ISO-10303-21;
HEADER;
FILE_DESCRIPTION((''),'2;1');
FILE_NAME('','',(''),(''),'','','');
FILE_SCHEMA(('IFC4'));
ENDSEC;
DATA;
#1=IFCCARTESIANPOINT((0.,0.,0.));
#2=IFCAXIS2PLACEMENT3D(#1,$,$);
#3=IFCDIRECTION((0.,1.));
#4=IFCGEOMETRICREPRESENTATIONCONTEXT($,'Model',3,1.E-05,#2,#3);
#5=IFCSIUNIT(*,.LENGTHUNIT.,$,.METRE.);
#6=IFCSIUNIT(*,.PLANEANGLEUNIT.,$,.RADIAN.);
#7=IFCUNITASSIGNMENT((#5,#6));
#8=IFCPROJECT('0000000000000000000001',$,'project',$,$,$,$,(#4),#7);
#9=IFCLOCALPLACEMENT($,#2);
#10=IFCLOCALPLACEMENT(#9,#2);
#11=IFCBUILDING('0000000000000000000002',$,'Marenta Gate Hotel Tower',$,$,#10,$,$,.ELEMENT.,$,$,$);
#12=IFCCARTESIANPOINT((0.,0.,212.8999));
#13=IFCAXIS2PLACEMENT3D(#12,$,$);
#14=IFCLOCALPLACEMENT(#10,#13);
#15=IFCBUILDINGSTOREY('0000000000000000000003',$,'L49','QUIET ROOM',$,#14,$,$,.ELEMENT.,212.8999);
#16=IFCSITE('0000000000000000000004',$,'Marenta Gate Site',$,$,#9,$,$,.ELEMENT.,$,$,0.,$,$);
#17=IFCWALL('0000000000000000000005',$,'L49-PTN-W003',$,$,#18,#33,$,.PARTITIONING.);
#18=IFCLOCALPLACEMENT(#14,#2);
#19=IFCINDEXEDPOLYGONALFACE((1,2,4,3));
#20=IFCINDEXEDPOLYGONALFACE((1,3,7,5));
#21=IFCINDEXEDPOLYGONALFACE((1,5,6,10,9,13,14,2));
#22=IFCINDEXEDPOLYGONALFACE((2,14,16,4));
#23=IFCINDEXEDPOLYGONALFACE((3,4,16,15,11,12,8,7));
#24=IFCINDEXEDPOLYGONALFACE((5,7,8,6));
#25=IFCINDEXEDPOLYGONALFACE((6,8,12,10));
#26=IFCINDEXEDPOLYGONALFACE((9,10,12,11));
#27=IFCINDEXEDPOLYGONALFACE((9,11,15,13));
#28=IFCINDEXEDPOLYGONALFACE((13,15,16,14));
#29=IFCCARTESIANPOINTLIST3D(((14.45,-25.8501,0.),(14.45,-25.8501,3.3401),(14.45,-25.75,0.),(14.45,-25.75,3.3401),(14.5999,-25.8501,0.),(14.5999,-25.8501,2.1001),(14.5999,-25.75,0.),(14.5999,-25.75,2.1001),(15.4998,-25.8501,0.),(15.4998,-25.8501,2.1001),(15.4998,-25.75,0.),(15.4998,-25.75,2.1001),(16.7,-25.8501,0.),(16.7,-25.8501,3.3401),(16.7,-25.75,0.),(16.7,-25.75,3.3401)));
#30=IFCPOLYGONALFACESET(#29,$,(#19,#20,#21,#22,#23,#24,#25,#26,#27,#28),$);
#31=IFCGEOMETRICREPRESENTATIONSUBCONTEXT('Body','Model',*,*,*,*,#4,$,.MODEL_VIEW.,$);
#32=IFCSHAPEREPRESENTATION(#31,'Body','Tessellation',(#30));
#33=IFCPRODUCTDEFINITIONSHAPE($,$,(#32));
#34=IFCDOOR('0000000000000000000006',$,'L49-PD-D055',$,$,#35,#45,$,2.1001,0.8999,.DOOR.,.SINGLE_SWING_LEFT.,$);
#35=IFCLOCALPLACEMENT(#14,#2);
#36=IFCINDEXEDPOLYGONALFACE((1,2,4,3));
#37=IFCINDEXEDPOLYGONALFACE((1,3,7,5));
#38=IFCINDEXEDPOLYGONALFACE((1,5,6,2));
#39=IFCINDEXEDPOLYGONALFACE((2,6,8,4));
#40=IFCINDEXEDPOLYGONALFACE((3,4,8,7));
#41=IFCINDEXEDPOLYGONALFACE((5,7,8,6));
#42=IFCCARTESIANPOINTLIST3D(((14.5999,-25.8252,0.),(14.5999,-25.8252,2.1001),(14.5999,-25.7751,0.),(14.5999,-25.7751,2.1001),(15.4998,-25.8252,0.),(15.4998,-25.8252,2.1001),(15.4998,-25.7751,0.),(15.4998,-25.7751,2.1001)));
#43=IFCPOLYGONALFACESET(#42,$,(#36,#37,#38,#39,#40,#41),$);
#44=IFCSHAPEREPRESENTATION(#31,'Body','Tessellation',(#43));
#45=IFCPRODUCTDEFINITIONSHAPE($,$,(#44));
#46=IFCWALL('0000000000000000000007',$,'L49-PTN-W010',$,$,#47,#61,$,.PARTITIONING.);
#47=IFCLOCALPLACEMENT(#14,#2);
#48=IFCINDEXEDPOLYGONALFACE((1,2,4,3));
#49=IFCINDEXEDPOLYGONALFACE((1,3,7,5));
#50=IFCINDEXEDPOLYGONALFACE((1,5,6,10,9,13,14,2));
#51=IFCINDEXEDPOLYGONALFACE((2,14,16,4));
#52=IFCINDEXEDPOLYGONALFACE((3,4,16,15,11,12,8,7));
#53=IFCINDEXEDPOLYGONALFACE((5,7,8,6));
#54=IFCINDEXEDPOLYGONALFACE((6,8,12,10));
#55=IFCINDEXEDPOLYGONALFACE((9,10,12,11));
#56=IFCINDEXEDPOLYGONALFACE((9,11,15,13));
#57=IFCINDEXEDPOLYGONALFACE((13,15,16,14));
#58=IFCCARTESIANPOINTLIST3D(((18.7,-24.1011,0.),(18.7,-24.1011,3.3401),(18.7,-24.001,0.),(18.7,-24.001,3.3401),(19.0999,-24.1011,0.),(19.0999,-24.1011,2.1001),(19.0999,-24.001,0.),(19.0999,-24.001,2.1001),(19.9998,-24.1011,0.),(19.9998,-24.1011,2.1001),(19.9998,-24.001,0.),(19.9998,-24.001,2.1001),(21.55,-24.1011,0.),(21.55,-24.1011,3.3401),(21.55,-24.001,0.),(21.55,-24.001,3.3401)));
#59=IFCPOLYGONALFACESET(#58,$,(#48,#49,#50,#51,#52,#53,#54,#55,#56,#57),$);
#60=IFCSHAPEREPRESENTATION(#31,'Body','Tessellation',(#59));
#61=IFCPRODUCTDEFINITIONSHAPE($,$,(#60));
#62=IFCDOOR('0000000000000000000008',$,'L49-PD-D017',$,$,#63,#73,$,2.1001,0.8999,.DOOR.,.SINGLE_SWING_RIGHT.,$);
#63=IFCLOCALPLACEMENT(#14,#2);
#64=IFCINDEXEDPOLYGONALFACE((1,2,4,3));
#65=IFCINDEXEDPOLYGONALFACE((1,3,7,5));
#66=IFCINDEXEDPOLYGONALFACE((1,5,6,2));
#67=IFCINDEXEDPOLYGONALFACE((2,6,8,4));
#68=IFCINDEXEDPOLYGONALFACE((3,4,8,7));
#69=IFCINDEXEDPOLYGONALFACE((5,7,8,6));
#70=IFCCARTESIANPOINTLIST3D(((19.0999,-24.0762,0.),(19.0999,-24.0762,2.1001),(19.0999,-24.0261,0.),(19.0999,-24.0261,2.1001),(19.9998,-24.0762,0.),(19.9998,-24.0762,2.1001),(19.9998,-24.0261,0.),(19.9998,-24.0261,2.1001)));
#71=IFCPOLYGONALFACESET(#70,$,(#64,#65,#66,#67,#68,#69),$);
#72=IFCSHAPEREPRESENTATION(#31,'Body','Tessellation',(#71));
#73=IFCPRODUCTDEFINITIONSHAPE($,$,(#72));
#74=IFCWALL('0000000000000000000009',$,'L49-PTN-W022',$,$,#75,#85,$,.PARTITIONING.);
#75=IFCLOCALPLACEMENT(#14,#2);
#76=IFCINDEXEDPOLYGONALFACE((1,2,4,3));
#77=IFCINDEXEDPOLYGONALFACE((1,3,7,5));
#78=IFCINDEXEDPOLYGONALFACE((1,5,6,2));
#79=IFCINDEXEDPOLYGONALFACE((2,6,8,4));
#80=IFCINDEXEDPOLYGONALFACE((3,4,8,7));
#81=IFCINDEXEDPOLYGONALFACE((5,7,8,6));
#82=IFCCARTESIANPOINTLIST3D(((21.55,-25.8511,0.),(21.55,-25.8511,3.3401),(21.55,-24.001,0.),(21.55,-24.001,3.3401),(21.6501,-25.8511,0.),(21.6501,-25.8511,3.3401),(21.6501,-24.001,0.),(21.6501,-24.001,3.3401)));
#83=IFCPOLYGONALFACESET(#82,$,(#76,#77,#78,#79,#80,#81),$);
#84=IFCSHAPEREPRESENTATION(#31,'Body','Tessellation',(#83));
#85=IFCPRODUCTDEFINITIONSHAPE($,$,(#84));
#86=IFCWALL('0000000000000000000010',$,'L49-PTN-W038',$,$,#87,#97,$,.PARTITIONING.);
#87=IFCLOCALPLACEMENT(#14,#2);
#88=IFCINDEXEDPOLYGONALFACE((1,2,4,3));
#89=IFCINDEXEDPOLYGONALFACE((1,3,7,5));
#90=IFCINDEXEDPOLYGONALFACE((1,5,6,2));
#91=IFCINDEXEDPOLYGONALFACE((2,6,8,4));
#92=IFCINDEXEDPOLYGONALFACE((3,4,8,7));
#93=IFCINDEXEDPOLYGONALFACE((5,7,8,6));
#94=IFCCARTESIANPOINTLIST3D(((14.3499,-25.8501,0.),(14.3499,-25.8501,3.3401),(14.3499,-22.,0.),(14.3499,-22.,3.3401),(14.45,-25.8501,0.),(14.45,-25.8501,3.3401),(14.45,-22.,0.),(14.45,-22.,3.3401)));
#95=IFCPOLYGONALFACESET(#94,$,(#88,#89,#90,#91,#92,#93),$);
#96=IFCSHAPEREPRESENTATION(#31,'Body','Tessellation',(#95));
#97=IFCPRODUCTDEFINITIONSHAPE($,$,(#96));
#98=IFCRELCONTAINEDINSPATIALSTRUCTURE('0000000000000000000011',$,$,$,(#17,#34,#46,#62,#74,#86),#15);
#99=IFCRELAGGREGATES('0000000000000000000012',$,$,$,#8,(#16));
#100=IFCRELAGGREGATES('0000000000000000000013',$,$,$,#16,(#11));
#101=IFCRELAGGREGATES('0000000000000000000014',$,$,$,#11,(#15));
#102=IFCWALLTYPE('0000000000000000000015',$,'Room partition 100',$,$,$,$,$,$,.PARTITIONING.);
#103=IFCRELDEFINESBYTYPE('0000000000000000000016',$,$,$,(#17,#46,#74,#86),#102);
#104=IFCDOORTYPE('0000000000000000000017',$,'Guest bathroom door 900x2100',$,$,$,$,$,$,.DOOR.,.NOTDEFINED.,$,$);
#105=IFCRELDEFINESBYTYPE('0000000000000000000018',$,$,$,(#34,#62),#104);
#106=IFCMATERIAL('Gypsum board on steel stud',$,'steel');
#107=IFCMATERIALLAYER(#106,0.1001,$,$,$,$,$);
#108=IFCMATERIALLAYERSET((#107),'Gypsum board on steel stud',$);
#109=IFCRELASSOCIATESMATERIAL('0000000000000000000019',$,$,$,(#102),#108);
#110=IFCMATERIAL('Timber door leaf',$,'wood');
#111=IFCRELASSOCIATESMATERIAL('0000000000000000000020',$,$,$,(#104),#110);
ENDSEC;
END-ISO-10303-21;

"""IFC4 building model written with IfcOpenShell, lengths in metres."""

from ifc_helpers import new_model, si_unit, direction, frame, frame_2d, origin, place, context, subcontext, project, spatial, rectangle, extrude, material, layer, layer_set, type_object, element, fill, save


model = new_model("IFC4")

# Units and contexts
model_context = context("Model", 3, precision=1e-05, world=origin(), true_north=direction((0.0, 1.0)))
body_context = subcontext(model_context, "Body", "Model", "MODEL_VIEW")
ifc_project = project(units=[si_unit("LENGTHUNIT", "METRE"), si_unit("PLANEANGLEUNIT", "RADIAN")], contexts=[model_context])

# Site, building, storey
site_placement = place(None, origin())
site = spatial("IfcSite", under=ifc_project, at=site_placement, Name="Marenta Gate Site", CompositionType="ELEMENT", RefElevation=0.0)
building_placement = place(site_placement, origin())
building = spatial("IfcBuilding", under=site, at=building_placement, Name="Marenta Gate Hotel Tower", CompositionType="ELEMENT")
storey_placement = place(building_placement, frame((0.0, 0.0, 212.8999)))
storey = spatial("IfcBuildingStorey", under=building, at=storey_placement, Name="L49", Description="QUIET ROOM", CompositionType="ELEMENT", Elevation=212.8999)

# Walls, openings, doors
ifc_material_1 = material(Name="Gypsum board on steel stud", Category="steel")
ifc_layer_1 = layer(ifc_material_1, 0.1001)
ifc_layer_set_1 = layer_set([ifc_layer_1], Name="Gypsum board on steel stud")
wall_type_1 = type_object("IfcWallType", Name="Room partition 100", PredefinedType="PARTITIONING", material=ifc_layer_set_1)
wall_1_placement = place(storey_placement, frame((14.45, -25.8, 0.0), z_axis=(0.0, 0.0, 1.0), x_axis=(1.0, 0.0, 0.0)))
wall_1 = element("IfcWall", 1, at=wall_1_placement, inside=storey, type_object=wall_type_1, Name="L49-PTN-W003", PredefinedType="PARTITIONING", context=body_context, shape_type="SweptSolid", body=[
    extrude(rectangle(XDim=2.25, YDim=0.1001, at=frame_2d((1.125, 0.0))), origin(), (0.0, 0.0, 1.0), 3.3401),
])
opening_1_placement = place(wall_1_placement, frame((0.1499, 0.0, 0.0)))
opening_1 = element("IfcOpeningElement", 2, at=opening_1_placement, cuts=wall_1, PredefinedType="OPENING", context=body_context, shape_type="SweptSolid", body=[
    extrude(rectangle(XDim=0.8999, YDim=2.1001, at=frame_2d((0.45, 1.05))), frame((0.0, 0.05, 0.0), z_axis=(0.0, -1.0, 0.0), x_axis=(1.0, 0.0, 0.0)), (0.0, 0.0, 1.0), 0.1001),
])
ifc_material_2 = material(Name="Timber door leaf", Category="wood")
door_type_1 = type_object("IfcDoorType", Name="Guest bathroom door 900x2100", OperationType="NOTDEFINED", PredefinedType="DOOR", material=ifc_material_2)
door_1_placement = place(opening_1_placement, origin())
door_1 = element("IfcDoor", 3, at=door_1_placement, inside=storey, type_object=door_type_1, Name="L49-PD-D055", OperationType="SINGLE_SWING_LEFT", OverallHeight=2.1001, OverallWidth=0.8999, PredefinedType="DOOR", context=body_context, shape_type="SweptSolid", body=[
    extrude(rectangle(XDim=0.8999, YDim=2.1001, at=frame_2d((0.45, 1.05))), frame((0.0, 0.0249, 0.0), z_axis=(0.0, -1.0, 0.0), x_axis=(1.0, 0.0, 0.0)), (0.0, 0.0, 1.0), 0.05),
])
fill(opening_1, door_1)
wall_2_placement = place(storey_placement, frame((18.7, -24.051, 0.0), z_axis=(0.0, 0.0, 1.0), x_axis=(1.0, 0.0, 0.0)))
wall_2 = element("IfcWall", 4, at=wall_2_placement, inside=storey, type_object=wall_type_1, Name="L49-PTN-W010", PredefinedType="PARTITIONING", context=body_context, shape_type="SweptSolid", body=[
    extrude(rectangle(XDim=2.8501, YDim=0.1001, at=frame_2d((1.425, 0.0))), origin(), (0.0, 0.0, 1.0), 3.3401),
])
opening_2_placement = place(wall_2_placement, frame((0.3999, 0.0, 0.0)))
opening_2 = element("IfcOpeningElement", 5, at=opening_2_placement, cuts=wall_2, PredefinedType="OPENING", context=body_context, shape_type="SweptSolid", body=[
    extrude(rectangle(XDim=0.8999, YDim=2.1001, at=frame_2d((0.45, 1.05))), frame((0.0, 0.05, 0.0), z_axis=(0.0, -1.0, 0.0), x_axis=(1.0, 0.0, 0.0)), (0.0, 0.0, 1.0), 0.1001),
])
door_2_placement = place(opening_2_placement, origin())
door_2 = element("IfcDoor", 6, at=door_2_placement, inside=storey, type_object=door_type_1, Name="L49-PD-D017", OperationType="SINGLE_SWING_RIGHT", OverallHeight=2.1001, OverallWidth=0.8999, PredefinedType="DOOR", context=body_context, shape_type="SweptSolid", body=[
    extrude(rectangle(XDim=0.8999, YDim=2.1001, at=frame_2d((0.45, 1.05))), frame((0.0, 0.0249, 0.0), z_axis=(0.0, -1.0, 0.0), x_axis=(1.0, 0.0, 0.0)), (0.0, 0.0, 1.0), 0.05),
])
fill(opening_2, door_2)

# Walls
wall_3_placement = place(storey_placement, frame((21.6001, -25.8511, 0.0), z_axis=(0.0, 0.0, 1.0), x_axis=(0.0, 1.0, 0.0)))
element("IfcWall", 7, at=wall_3_placement, inside=storey, type_object=wall_type_1, Name="L49-PTN-W022", PredefinedType="PARTITIONING", context=body_context, shape_type="SweptSolid", body=[
    extrude(rectangle(XDim=1.8501, YDim=0.1001, at=frame_2d((0.925, 0.0))), origin(), (0.0, 0.0, 1.0), 3.3401),
])
wall_4_placement = place(storey_placement, frame((14.3999, -25.8501, 0.0), z_axis=(0.0, 0.0, 1.0), x_axis=(0.0, 1.0, 0.0)))
element("IfcWall", 8, at=wall_4_placement, inside=storey, type_object=wall_type_1, Name="L49-PTN-W038", PredefinedType="PARTITIONING", context=body_context, shape_type="SweptSolid", body=[
    extrude(rectangle(XDim=3.8501, YDim=0.1001, at=frame_2d((1.925, 0.0))), origin(), (0.0, 0.0, 1.0), 3.3401),
])

save(model, "model.ifc")
